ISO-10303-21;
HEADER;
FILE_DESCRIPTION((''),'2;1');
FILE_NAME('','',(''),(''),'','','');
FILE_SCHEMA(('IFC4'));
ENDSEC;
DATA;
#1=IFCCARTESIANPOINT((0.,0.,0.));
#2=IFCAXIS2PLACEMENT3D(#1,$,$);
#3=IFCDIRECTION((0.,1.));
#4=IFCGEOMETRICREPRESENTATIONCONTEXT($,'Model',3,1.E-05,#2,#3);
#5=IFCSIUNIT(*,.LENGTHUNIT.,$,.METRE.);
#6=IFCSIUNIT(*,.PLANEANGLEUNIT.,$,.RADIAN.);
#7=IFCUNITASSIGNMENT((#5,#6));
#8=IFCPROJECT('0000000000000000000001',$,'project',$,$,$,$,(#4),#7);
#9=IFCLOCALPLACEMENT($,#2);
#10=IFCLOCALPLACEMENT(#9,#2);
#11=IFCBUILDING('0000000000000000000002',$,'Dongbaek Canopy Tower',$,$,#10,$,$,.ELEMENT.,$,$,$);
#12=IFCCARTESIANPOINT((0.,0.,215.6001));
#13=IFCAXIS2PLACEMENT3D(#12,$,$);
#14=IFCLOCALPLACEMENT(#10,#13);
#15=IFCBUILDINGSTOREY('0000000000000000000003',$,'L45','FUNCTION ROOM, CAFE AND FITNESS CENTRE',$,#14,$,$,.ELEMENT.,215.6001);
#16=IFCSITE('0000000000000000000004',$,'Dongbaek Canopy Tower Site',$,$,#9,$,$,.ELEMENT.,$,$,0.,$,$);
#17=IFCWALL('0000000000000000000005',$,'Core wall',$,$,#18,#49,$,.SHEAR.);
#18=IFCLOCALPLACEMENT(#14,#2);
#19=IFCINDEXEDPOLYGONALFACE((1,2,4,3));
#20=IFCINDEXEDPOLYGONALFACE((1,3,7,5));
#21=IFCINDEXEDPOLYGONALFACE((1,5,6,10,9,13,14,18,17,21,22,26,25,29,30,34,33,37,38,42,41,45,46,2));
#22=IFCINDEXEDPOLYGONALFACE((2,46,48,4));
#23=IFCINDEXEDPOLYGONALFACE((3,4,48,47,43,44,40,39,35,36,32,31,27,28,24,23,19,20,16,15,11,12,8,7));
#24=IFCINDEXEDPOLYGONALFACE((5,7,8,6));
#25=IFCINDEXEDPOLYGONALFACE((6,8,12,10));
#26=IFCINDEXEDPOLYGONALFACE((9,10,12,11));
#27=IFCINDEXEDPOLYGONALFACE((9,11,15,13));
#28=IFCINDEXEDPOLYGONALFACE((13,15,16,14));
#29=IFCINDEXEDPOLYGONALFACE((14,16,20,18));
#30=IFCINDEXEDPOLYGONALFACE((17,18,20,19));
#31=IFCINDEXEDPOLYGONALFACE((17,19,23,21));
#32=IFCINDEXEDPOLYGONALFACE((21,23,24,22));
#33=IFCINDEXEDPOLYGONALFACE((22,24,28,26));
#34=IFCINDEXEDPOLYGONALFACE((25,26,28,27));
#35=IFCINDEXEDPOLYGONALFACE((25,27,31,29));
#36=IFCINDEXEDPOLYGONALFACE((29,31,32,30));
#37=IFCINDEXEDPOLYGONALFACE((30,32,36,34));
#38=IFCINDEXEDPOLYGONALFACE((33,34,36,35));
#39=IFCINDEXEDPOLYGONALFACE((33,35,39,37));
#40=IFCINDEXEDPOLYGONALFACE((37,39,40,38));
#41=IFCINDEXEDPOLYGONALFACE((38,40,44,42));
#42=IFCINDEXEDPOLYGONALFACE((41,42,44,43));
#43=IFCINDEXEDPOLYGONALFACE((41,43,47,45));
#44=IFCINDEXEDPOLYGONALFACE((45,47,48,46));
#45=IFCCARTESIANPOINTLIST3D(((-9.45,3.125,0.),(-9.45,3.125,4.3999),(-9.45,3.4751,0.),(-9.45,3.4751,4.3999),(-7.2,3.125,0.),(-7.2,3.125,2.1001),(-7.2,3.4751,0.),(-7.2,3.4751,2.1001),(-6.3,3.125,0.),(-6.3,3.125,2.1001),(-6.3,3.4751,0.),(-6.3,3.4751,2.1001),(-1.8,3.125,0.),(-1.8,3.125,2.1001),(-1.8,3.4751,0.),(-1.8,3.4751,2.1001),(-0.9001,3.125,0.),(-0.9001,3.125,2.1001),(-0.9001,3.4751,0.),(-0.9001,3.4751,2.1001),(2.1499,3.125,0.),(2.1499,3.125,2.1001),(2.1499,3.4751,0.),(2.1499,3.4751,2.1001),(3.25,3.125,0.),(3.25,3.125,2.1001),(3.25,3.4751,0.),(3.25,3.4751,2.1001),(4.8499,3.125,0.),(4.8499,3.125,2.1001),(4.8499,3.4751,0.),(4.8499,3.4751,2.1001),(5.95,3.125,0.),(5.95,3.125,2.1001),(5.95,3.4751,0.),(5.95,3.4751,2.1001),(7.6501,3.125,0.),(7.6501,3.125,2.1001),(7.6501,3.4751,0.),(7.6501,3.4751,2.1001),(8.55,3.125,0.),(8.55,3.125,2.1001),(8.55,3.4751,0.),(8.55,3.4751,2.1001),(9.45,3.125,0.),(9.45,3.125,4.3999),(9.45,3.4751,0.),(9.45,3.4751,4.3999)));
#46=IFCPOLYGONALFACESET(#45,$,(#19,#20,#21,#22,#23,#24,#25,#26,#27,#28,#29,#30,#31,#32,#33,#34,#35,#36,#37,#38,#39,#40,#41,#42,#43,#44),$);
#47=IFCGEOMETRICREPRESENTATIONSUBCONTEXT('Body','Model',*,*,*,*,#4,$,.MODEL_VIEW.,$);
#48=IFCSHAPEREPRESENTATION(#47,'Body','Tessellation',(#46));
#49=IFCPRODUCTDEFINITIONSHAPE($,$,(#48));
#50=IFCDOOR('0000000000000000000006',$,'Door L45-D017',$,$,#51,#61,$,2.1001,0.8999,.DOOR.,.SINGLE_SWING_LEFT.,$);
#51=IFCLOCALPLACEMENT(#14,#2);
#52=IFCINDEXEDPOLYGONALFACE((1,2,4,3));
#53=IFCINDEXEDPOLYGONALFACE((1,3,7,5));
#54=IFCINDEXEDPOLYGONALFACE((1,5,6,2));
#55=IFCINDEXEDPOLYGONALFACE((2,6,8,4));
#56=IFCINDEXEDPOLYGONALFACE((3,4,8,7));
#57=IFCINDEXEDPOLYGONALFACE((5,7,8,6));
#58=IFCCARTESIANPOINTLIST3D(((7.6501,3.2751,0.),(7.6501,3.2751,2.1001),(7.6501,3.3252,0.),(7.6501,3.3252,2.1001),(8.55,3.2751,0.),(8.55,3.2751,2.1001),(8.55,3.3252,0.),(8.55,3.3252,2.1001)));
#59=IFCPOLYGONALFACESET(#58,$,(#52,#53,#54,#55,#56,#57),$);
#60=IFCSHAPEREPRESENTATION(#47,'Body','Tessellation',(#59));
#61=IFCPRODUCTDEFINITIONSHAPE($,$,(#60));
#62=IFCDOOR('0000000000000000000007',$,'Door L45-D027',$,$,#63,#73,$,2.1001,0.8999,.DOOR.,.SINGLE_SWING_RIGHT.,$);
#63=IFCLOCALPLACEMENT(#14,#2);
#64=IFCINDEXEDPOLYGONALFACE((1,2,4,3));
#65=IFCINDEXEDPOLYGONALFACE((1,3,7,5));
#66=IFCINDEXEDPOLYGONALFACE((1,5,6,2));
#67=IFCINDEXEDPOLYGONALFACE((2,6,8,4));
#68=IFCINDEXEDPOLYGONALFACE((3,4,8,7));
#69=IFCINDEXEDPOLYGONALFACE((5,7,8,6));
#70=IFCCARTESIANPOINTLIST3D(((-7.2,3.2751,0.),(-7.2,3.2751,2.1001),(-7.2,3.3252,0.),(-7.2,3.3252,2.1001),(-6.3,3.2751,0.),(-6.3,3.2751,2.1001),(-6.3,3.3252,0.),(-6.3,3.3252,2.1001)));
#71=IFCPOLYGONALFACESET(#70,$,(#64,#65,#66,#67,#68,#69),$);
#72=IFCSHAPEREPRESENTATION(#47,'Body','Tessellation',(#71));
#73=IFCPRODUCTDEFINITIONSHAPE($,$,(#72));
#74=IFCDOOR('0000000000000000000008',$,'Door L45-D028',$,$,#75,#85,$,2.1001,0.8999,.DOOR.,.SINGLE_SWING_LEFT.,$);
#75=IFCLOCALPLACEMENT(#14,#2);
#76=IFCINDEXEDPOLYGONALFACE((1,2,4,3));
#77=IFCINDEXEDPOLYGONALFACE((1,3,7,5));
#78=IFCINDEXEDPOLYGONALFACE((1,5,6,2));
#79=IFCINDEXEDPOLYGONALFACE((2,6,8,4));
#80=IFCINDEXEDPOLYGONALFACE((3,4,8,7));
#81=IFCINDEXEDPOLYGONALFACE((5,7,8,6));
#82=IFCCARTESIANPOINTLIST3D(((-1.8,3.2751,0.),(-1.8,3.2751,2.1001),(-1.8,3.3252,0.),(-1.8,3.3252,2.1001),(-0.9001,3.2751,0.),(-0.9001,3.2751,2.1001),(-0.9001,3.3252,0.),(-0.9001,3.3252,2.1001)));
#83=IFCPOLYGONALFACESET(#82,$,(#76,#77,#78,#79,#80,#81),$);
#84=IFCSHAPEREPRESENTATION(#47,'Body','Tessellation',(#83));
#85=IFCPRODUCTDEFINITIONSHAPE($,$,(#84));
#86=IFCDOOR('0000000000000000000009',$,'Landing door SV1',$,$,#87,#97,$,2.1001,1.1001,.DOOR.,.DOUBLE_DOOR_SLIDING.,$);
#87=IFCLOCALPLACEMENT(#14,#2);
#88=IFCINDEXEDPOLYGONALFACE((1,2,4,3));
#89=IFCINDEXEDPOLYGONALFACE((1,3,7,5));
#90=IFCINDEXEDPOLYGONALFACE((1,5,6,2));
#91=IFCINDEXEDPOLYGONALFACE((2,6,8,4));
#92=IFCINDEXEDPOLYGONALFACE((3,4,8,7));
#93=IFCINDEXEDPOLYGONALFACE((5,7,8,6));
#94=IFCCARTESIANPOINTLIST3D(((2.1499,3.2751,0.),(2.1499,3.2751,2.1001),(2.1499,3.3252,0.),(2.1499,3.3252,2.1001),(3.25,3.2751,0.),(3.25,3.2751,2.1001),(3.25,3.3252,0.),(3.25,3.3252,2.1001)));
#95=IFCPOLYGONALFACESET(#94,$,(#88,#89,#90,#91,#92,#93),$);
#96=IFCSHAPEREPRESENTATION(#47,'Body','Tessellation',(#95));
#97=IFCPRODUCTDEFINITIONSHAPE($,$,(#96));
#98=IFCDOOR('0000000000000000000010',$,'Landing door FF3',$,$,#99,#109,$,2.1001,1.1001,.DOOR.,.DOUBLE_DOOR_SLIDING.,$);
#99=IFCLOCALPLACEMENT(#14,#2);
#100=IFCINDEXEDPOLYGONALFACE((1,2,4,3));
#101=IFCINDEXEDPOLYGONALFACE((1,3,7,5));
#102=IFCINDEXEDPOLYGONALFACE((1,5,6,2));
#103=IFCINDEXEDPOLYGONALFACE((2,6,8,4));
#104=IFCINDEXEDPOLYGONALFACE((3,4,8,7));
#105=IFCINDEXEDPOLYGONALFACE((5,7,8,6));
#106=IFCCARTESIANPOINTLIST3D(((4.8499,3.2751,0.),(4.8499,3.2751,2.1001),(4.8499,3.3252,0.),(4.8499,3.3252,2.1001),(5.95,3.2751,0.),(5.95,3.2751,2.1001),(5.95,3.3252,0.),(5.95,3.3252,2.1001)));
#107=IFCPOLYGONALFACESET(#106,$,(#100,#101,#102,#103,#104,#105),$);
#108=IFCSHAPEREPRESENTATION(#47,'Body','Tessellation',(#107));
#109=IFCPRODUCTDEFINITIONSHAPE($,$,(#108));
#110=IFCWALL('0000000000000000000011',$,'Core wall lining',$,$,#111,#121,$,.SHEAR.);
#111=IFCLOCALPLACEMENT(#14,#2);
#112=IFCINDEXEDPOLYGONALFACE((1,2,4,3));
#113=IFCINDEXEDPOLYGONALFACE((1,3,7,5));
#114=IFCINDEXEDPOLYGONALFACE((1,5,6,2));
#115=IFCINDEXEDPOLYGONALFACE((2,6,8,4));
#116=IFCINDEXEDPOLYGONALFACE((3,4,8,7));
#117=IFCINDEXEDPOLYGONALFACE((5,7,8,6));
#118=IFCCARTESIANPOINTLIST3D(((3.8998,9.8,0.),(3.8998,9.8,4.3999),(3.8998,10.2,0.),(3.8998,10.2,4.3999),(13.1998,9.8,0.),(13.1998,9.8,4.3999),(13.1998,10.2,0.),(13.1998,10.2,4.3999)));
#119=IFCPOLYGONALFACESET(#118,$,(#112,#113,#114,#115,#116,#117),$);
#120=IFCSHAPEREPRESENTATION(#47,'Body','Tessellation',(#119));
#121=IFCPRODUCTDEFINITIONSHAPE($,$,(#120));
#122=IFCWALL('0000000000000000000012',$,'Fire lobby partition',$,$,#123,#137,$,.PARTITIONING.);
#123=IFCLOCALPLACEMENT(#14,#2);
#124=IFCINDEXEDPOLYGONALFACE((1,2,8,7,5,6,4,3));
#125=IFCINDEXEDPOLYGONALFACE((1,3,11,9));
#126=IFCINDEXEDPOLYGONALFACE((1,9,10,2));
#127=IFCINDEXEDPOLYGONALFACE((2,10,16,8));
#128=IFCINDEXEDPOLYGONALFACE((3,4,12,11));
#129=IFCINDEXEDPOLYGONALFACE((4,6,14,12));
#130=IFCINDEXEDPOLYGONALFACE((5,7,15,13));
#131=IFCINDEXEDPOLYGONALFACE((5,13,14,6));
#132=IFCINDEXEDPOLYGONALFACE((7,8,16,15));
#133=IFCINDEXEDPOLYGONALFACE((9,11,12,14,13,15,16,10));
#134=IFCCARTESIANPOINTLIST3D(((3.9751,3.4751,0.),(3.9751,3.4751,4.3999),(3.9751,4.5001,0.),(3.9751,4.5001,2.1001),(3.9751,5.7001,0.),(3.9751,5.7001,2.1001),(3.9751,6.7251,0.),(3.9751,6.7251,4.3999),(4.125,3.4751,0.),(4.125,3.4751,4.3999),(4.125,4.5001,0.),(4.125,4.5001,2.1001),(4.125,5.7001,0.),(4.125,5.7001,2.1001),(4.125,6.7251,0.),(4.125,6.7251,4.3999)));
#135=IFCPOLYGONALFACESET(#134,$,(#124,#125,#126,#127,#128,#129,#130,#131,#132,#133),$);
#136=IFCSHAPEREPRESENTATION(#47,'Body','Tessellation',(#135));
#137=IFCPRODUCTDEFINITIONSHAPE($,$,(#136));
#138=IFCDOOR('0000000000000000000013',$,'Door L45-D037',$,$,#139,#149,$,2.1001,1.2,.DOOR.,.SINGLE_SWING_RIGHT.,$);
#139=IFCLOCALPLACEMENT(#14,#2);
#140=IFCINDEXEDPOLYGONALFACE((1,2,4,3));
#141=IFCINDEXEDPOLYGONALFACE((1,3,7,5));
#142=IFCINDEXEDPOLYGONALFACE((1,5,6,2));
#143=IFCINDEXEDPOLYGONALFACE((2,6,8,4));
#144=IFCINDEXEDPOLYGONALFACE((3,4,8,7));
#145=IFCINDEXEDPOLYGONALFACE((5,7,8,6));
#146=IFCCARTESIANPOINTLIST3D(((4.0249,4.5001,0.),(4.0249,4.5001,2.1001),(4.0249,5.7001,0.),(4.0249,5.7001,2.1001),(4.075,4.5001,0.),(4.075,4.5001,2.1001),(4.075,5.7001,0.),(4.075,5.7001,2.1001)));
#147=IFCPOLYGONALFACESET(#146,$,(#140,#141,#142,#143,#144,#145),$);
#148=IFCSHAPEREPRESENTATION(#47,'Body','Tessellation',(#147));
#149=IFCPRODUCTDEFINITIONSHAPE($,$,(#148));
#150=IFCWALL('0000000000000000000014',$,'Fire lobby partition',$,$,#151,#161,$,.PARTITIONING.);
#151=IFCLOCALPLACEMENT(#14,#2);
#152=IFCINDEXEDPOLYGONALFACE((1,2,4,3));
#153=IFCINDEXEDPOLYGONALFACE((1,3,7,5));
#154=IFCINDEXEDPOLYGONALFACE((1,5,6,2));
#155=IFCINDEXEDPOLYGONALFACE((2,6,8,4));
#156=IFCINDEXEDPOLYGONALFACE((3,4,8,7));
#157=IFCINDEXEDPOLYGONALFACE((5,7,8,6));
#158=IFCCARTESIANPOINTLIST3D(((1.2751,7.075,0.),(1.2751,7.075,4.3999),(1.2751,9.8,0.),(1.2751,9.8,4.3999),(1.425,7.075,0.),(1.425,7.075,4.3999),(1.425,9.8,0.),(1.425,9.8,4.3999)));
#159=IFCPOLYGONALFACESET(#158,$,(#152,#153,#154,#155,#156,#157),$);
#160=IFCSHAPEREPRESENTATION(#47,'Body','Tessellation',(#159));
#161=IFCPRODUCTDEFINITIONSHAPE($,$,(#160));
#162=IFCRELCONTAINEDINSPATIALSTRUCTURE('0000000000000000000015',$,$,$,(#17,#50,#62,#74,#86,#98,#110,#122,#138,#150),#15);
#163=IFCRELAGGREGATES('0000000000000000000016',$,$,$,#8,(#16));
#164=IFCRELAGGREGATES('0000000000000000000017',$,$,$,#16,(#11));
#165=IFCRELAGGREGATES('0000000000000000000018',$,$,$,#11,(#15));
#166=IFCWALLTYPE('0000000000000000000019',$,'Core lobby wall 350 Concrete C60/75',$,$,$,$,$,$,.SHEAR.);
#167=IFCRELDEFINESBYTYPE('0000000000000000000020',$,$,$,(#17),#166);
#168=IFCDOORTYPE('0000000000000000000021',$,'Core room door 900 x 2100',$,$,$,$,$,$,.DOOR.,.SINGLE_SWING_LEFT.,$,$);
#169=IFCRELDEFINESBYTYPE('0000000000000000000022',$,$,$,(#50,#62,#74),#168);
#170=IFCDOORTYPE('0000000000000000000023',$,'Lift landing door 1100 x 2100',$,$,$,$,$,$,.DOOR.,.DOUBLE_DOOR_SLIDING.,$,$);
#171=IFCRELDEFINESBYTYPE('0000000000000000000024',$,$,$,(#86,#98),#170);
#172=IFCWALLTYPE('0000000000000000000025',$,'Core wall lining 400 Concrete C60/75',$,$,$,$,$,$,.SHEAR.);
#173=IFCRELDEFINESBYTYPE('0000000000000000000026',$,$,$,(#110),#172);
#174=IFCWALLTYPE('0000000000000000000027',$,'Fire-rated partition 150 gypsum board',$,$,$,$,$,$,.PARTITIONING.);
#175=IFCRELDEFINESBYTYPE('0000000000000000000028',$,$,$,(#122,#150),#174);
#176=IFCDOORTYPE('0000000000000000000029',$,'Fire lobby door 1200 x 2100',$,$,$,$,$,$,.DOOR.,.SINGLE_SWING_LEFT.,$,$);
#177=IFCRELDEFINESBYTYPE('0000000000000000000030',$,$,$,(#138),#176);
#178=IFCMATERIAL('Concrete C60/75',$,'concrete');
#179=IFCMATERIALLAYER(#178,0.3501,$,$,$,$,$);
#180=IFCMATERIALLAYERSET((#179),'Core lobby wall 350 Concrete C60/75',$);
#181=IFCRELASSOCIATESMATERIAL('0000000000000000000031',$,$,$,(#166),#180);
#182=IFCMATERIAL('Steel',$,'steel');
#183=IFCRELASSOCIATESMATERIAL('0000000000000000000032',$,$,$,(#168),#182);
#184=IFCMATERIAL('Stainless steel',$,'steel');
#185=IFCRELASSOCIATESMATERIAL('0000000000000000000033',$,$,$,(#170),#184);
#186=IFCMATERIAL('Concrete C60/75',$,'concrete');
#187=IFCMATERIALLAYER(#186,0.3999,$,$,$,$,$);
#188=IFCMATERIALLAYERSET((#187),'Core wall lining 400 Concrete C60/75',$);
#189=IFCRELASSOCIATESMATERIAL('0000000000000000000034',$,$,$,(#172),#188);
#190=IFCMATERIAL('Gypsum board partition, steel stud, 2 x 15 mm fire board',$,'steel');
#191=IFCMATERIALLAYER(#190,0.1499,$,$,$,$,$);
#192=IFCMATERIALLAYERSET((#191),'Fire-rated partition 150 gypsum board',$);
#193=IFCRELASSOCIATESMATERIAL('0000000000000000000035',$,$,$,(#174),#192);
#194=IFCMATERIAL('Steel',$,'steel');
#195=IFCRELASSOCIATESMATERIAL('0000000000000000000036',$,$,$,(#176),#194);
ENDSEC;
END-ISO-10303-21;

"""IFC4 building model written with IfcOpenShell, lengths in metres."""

from ifc_helpers import new_model, si_unit, direction, frame, frame_2d, origin, place, context, subcontext, project, spatial, rectangle, extrude, material, layer, layer_set, type_object, element, fill, save


model = new_model("IFC4")

# Units and contexts
model_context = context("Model", 3, precision=1e-05, world=origin(), true_north=direction((0.0, 1.0)))
body_context = subcontext(model_context, "Body", "Model", "MODEL_VIEW")
ifc_project = project(units=[si_unit("LENGTHUNIT", "METRE"), si_unit("PLANEANGLEUNIT", "RADIAN")], contexts=[model_context])

# Site, building, storey
site_placement = place(None, origin())
site = spatial("IfcSite", under=ifc_project, at=site_placement, Name="Dongbaek Canopy Tower Site", CompositionType="ELEMENT", RefElevation=0.0)
building_placement = place(site_placement, origin())
building = spatial("IfcBuilding", under=site, at=building_placement, Name="Dongbaek Canopy Tower", CompositionType="ELEMENT")
storey_placement = place(building_placement, frame((0.0, 0.0, 215.6001)))
storey = spatial("IfcBuildingStorey", under=building, at=storey_placement, Name="L45", Description="FUNCTION ROOM, CAFE AND FITNESS CENTRE", CompositionType="ELEMENT", Elevation=215.6001)

# Wall, openings, doors
ifc_material_1 = material(Name="Concrete C60/75", Category="concrete")
ifc_layer_1 = layer(ifc_material_1, 0.3501)
ifc_layer_set_1 = layer_set([ifc_layer_1], Name="Core lobby wall 350 Concrete C60/75")
wall_type_1 = type_object("IfcWallType", Name="Core lobby wall 350 Concrete C60/75", PredefinedType="SHEAR", material=ifc_layer_set_1)
wall_1_placement = place(storey_placement, frame((9.45, 3.3, 0.0), z_axis=(0.0, 0.0, 1.0), x_axis=(-1.0, 0.0, 0.0)))
wall_1 = element("IfcWall", 1, at=wall_1_placement, inside=storey, type_object=wall_type_1, Name="Core wall", PredefinedType="SHEAR", context=body_context, shape_type="SweptSolid", body=[
    extrude(rectangle(XDim=18.8999, YDim=0.3501, at=frame_2d((9.45, 0.0))), origin(), (0.0, 0.0, 1.0), 4.3999),
])
opening_1_placement = place(wall_1_placement, frame((6.2, 0.0, 0.0)))
opening_1 = element("IfcOpeningElement", 2, at=opening_1_placement, cuts=wall_1, PredefinedType="OPENING", context=body_context, shape_type="SweptSolid", body=[
    extrude(rectangle(XDim=1.1001, YDim=2.1001, at=frame_2d((0.55, 1.05))), frame((0.0, 0.1851, 0.0), z_axis=(0.0, -1.0, 0.0), x_axis=(1.0, 0.0, 0.0)), (0.0, 0.0, 1.0), 0.3701),
])
opening_2_placement = place(wall_1_placement, frame((3.5, 0.0, 0.0)))
opening_2 = element("IfcOpeningElement", 3, at=opening_2_placement, cuts=wall_1, PredefinedType="OPENING", context=body_context, shape_type="SweptSolid", body=[
    extrude(rectangle(XDim=1.1001, YDim=2.1001, at=frame_2d((0.55, 1.05))), frame((0.0, 0.1851, 0.0), z_axis=(0.0, -1.0, 0.0), x_axis=(1.0, 0.0, 0.0)), (0.0, 0.0, 1.0), 0.3701),
])
opening_3_placement = place(wall_1_placement, frame((0.8999, 0.0, 0.0)))
opening_3 = element("IfcOpeningElement", 4, at=opening_3_placement, cuts=wall_1, PredefinedType="OPENING", context=body_context, shape_type="SweptSolid", body=[
    extrude(rectangle(XDim=0.8999, YDim=2.1001, at=frame_2d((0.45, 1.05))), frame((0.0, 0.1851, 0.0), z_axis=(0.0, -1.0, 0.0), x_axis=(1.0, 0.0, 0.0)), (0.0, 0.0, 1.0), 0.3701),
])
opening_4_placement = place(wall_1_placement, frame((15.75, 0.0, 0.0)))
opening_4 = element("IfcOpeningElement", 5, at=opening_4_placement, cuts=wall_1, PredefinedType="OPENING", context=body_context, shape_type="SweptSolid", body=[
    extrude(rectangle(XDim=0.8999, YDim=2.1001, at=frame_2d((0.45, 1.05))), frame((0.0, 0.1851, 0.0), z_axis=(0.0, -1.0, 0.0), x_axis=(1.0, 0.0, 0.0)), (0.0, 0.0, 1.0), 0.3701),
])
opening_5_placement = place(wall_1_placement, frame((10.3501, 0.0, 0.0)))
opening_5 = element("IfcOpeningElement", 6, at=opening_5_placement, cuts=wall_1, PredefinedType="OPENING", context=body_context, shape_type="SweptSolid", body=[
    extrude(rectangle(XDim=0.8999, YDim=2.1001, at=frame_2d((0.45, 1.05))), frame((0.0, 0.1851, 0.0), z_axis=(0.0, -1.0, 0.0), x_axis=(1.0, 0.0, 0.0)), (0.0, 0.0, 1.0), 0.3701),
])
ifc_material_2 = material(Name="Steel", Category="steel")
door_type_1 = type_object("IfcDoorType", Name="Core room door 900 x 2100", OperationType="SINGLE_SWING_LEFT", PredefinedType="DOOR", material=ifc_material_2)
door_1_placement = place(opening_3_placement, origin())
door_1 = element("IfcDoor", 7, at=door_1_placement, inside=storey, type_object=door_type_1, Name="Door L45-D017", OperationType="SINGLE_SWING_LEFT", OverallHeight=2.1001, OverallWidth=0.8999, PredefinedType="DOOR", context=body_context, shape_type="SweptSolid", body=[
    extrude(rectangle(XDim=0.8999, YDim=2.1001, at=frame_2d((0.45, 1.05))), frame((0.0, 0.0249, 0.0), z_axis=(0.0, -1.0, 0.0), x_axis=(1.0, 0.0, 0.0)), (0.0, 0.0, 1.0), 0.05),
])
fill(opening_3, door_1)
door_2_placement = place(opening_4_placement, origin())
door_2 = element("IfcDoor", 8, at=door_2_placement, inside=storey, type_object=door_type_1, Name="Door L45-D027", OperationType="SINGLE_SWING_RIGHT", OverallHeight=2.1001, OverallWidth=0.8999, PredefinedType="DOOR", context=body_context, shape_type="SweptSolid", body=[
    extrude(rectangle(XDim=0.8999, YDim=2.1001, at=frame_2d((0.45, 1.05))), frame((0.0, 0.0249, 0.0), z_axis=(0.0, -1.0, 0.0), x_axis=(1.0, 0.0, 0.0)), (0.0, 0.0, 1.0), 0.05),
])
fill(opening_4, door_2)
door_3_placement = place(opening_5_placement, origin())
door_3 = element("IfcDoor", 9, at=door_3_placement, inside=storey, type_object=door_type_1, Name="Door L45-D028", OperationType="SINGLE_SWING_LEFT", OverallHeight=2.1001, OverallWidth=0.8999, PredefinedType="DOOR", context=body_context, shape_type="SweptSolid", body=[
    extrude(rectangle(XDim=0.8999, YDim=2.1001, at=frame_2d((0.45, 1.05))), frame((0.0, 0.0249, 0.0), z_axis=(0.0, -1.0, 0.0), x_axis=(1.0, 0.0, 0.0)), (0.0, 0.0, 1.0), 0.05),
])
fill(opening_5, door_3)
ifc_material_3 = material(Name="Stainless steel", Category="steel")
door_type_2 = type_object("IfcDoorType", Name="Lift landing door 1100 x 2100", OperationType="DOUBLE_DOOR_SLIDING", PredefinedType="DOOR", material=ifc_material_3)
door_4_placement = place(opening_1_placement, origin())
door_4 = element("IfcDoor", 10, at=door_4_placement, inside=storey, type_object=door_type_2, Name="Landing door SV1", OperationType="DOUBLE_DOOR_SLIDING", OverallHeight=2.1001, OverallWidth=1.1001, PredefinedType="DOOR", context=body_context, shape_type="SweptSolid", body=[
    extrude(rectangle(XDim=1.1001, YDim=2.1001, at=frame_2d((0.55, 1.05))), frame((0.0, 0.0249, 0.0), z_axis=(0.0, -1.0, 0.0), x_axis=(1.0, 0.0, 0.0)), (0.0, 0.0, 1.0), 0.05),
])
fill(opening_1, door_4)
door_5_placement = place(opening_2_placement, origin())
door_5 = element("IfcDoor", 11, at=door_5_placement, inside=storey, type_object=door_type_2, Name="Landing door FF3", OperationType="DOUBLE_DOOR_SLIDING", OverallHeight=2.1001, OverallWidth=1.1001, PredefinedType="DOOR", context=body_context, shape_type="SweptSolid", body=[
    extrude(rectangle(XDim=1.1001, YDim=2.1001, at=frame_2d((0.55, 1.05))), frame((0.0, 0.0249, 0.0), z_axis=(0.0, -1.0, 0.0), x_axis=(1.0, 0.0, 0.0)), (0.0, 0.0, 1.0), 0.05),
])
fill(opening_2, door_5)

# Wall
ifc_material_4 = material(Name="Concrete C60/75", Category="concrete")
ifc_layer_2 = layer(ifc_material_4, 0.3999)
ifc_layer_set_2 = layer_set([ifc_layer_2], Name="Core wall lining 400 Concrete C60/75")
wall_type_2 = type_object("IfcWallType", Name="Core wall lining 400 Concrete C60/75", PredefinedType="SHEAR", material=ifc_layer_set_2)
wall_2_placement = place(storey_placement, frame((3.8999, 10.0, 0.0), z_axis=(0.0, 0.0, 1.0), x_axis=(1.0, 0.0, 0.0)))
element("IfcWall", 12, at=wall_2_placement, inside=storey, type_object=wall_type_2, Name="Core wall lining", PredefinedType="SHEAR", context=body_context, shape_type="SweptSolid", body=[
    extrude(rectangle(XDim=9.3, YDim=0.3999, at=frame_2d((4.6499, 0.0))), origin(), (0.0, 0.0, 1.0), 4.3999),
])

# Wall, opening, door
ifc_material_5 = material(Name="Gypsum board partition, steel stud, 2 x 15 mm fire board", Category="steel")
ifc_layer_3 = layer(ifc_material_5, 0.1499)
ifc_layer_set_3 = layer_set([ifc_layer_3], Name="Fire-rated partition 150 gypsum board")
wall_type_3 = type_object("IfcWallType", Name="Fire-rated partition 150 gypsum board", PredefinedType="PARTITIONING", material=ifc_layer_set_3)
wall_3_placement = place(storey_placement, frame((4.05, 6.7251, 0.0), z_axis=(0.0, 0.0, 1.0), x_axis=(0.0, -1.0, 0.0)))
wall_3 = element("IfcWall", 13, at=wall_3_placement, inside=storey, type_object=wall_type_3, Name="Fire lobby partition", PredefinedType="PARTITIONING", context=body_context, shape_type="SweptSolid", body=[
    extrude(rectangle(XDim=3.25, YDim=0.1499, at=frame_2d((1.625, 0.0))), origin(), (0.0, 0.0, 1.0), 4.3999),
])
opening_6_placement = place(wall_3_placement, frame((1.0249, 0.0, 0.0)))
opening_6 = element("IfcOpeningElement", 14, at=opening_6_placement, cuts=wall_3, PredefinedType="OPENING", context=body_context, shape_type="SweptSolid", body=[
    extrude(rectangle(XDim=1.2, YDim=2.1001, at=frame_2d((0.6001, 1.05))), frame((0.0, 0.085, 0.0), z_axis=(0.0, -1.0, 0.0), x_axis=(1.0, 0.0, 0.0)), (0.0, 0.0, 1.0), 0.1699),
])
ifc_material_6 = material(Name="Steel", Category="steel")
door_type_3 = type_object("IfcDoorType", Name="Fire lobby door 1200 x 2100", OperationType="SINGLE_SWING_LEFT", PredefinedType="DOOR", material=ifc_material_6)
door_6_placement = place(opening_6_placement, origin())
door_6 = element("IfcDoor", 15, at=door_6_placement, inside=storey, type_object=door_type_3, Name="Door L45-D037", OperationType="SINGLE_SWING_RIGHT", OverallHeight=2.1001, OverallWidth=1.2, PredefinedType="DOOR", context=body_context, shape_type="SweptSolid", body=[
    extrude(rectangle(XDim=1.2, YDim=2.1001, at=frame_2d((0.6001, 1.05))), frame((0.0, 0.0249, 0.0), z_axis=(0.0, -1.0, 0.0), x_axis=(1.0, 0.0, 0.0)), (0.0, 0.0, 1.0), 0.05),
])
fill(opening_6, door_6)

# Wall
wall_4_placement = place(storey_placement, frame((1.3501, 7.075, 0.0), z_axis=(0.0, 0.0, 1.0), x_axis=(0.0, 1.0, 0.0)))
element("IfcWall", 16, at=wall_4_placement, inside=storey, type_object=wall_type_3, Name="Fire lobby partition", PredefinedType="PARTITIONING", context=body_context, shape_type="SweptSolid", body=[
    extrude(rectangle(XDim=2.7251, YDim=0.1499, at=frame_2d((1.3625, 0.0))), origin(), (0.0, 0.0, 1.0), 4.3999),
])

save(model, "model.ifc")
